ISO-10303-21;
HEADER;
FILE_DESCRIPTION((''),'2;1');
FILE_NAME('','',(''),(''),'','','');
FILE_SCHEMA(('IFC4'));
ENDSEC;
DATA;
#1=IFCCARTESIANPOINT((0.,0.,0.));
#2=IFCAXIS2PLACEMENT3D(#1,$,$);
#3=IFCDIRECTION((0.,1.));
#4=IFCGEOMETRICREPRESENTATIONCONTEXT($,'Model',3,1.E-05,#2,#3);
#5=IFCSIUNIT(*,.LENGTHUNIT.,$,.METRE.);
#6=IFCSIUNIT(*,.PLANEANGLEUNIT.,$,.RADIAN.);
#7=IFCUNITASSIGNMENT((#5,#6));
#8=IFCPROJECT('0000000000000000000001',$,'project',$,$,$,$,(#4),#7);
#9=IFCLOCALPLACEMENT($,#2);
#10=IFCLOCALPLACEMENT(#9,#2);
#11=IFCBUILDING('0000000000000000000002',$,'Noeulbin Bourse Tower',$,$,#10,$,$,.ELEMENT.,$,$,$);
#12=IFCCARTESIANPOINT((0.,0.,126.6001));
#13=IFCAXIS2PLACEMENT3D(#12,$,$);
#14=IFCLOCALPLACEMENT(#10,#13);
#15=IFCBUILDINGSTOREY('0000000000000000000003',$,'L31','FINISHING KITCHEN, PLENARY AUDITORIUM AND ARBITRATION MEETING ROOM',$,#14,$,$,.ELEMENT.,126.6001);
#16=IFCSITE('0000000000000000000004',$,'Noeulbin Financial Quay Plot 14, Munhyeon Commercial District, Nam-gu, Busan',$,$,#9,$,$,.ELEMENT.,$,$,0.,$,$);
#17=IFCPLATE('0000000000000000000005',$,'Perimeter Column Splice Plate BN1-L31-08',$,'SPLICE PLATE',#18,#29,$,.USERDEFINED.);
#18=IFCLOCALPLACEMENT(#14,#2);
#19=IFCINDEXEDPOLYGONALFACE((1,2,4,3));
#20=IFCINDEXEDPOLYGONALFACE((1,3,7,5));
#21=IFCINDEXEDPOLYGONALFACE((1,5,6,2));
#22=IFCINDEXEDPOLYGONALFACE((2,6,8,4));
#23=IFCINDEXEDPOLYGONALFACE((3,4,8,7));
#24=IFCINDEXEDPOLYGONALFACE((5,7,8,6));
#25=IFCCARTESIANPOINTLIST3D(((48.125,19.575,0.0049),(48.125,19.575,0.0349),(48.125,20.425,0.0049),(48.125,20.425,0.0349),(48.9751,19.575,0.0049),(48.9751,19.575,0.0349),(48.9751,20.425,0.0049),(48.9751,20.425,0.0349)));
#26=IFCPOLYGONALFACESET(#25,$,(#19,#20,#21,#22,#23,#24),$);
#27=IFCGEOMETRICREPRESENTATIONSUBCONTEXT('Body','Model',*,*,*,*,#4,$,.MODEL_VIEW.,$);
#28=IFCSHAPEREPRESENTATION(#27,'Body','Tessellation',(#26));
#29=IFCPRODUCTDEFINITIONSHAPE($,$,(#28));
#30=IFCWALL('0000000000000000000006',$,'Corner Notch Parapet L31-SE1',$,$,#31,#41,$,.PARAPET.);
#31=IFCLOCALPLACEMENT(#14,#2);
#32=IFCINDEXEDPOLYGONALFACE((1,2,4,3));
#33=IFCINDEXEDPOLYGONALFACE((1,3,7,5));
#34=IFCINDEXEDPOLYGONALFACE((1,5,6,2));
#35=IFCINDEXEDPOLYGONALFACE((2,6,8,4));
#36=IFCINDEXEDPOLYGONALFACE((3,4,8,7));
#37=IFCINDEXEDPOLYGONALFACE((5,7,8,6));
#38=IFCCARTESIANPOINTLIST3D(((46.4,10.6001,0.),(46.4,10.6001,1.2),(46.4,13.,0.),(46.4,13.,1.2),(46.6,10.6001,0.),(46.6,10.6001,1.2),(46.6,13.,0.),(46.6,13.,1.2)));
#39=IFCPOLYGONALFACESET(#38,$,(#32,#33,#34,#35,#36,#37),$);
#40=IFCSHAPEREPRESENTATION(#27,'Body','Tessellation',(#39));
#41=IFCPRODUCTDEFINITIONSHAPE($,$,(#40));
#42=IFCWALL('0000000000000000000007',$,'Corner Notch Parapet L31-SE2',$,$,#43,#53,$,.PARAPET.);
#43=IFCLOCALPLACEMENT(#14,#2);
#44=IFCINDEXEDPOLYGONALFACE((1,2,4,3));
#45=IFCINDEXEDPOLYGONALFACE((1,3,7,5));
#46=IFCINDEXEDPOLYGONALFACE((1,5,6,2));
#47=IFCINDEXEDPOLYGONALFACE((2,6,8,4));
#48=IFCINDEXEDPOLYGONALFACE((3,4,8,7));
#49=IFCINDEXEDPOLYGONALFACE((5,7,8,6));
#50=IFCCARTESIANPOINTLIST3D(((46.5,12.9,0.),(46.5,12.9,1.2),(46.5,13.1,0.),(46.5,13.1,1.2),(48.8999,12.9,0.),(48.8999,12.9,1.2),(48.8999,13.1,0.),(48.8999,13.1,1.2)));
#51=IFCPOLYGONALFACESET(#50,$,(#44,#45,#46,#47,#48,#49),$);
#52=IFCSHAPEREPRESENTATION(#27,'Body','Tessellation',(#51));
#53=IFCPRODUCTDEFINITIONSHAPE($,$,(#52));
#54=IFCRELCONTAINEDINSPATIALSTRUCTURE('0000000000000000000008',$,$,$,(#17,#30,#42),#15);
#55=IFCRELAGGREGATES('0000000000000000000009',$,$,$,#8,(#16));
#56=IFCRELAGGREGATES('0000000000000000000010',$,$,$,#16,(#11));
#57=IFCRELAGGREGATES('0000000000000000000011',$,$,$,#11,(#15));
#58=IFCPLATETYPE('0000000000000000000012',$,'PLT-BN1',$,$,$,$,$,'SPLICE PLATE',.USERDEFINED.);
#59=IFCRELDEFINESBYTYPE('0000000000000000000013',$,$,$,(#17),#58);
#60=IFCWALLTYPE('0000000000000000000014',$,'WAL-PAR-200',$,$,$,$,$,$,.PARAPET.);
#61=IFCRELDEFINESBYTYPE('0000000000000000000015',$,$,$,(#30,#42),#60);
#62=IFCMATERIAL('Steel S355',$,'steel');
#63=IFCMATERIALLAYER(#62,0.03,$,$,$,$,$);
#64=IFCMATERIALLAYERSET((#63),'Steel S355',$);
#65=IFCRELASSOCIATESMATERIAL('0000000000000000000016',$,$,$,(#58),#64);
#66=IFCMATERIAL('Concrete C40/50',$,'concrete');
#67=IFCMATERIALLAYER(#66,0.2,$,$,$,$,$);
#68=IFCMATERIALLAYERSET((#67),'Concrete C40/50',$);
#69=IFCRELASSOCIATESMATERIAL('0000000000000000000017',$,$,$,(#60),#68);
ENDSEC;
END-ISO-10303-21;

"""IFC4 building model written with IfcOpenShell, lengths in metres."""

from ifc_helpers import new_model, si_unit, direction, frame, frame_2d, origin, origin_2d, place, context, subcontext, project, spatial, rectangle, extrude, material, layer, layer_set, type_object, element, save


model = new_model("IFC4")

# Units and contexts
model_context = context("Model", 3, precision=1e-05, world=origin(), true_north=direction((0.0, 1.0)))
body_context = subcontext(model_context, "Body", "Model", "MODEL_VIEW")
ifc_project = project(units=[si_unit("LENGTHUNIT", "METRE"), si_unit("PLANEANGLEUNIT", "RADIAN")], contexts=[model_context])

# Site, building, storey
site_placement = place(None, origin())
site = spatial("IfcSite", under=ifc_project, at=site_placement, Name="Noeulbin Financial Quay Plot 14, Munhyeon Commercial District, Nam-gu, Busan", CompositionType="ELEMENT", RefElevation=0.0)
building_placement = place(site_placement, origin())
building = spatial("IfcBuilding", under=site, at=building_placement, Name="Noeulbin Bourse Tower", CompositionType="ELEMENT")
storey_placement = place(building_placement, frame((0.0, 0.0, 126.6001)))
storey = spatial("IfcBuildingStorey", under=building, at=storey_placement, Name="L31", Description="FINISHING KITCHEN, PLENARY AUDITORIUM AND ARBITRATION MEETING ROOM", CompositionType="ELEMENT", Elevation=126.6001)

# Shared definitions
ifc_material_1 = material(Name="Steel S355", Category="steel")

# Plate
ifc_layer_1 = layer(ifc_material_1, 0.03)
ifc_layer_set_1 = layer_set([ifc_layer_1], Name="Steel S355")
plate_type_1 = type_object("IfcPlateType", Name="PLT-BN1", ElementType="SPLICE PLATE", PredefinedType="USERDEFINED", material=ifc_layer_set_1)
for number, where, z_axis, x_axis, name in (
    (1, (48.55, 20.0, 0.0049), (0.0, 0.0, 1.0), (1.0, 0.0, 0.0), "Perimeter Column Splice Plate BN1-L31-08"),
):
    element("IfcPlate", number, at=place(storey_placement, frame(where, z_axis=z_axis, x_axis=x_axis)), inside=storey, type_object=plate_type_1, Name=name, ObjectType="SPLICE PLATE", PredefinedType="USERDEFINED", context=body_context, shape_type="SweptSolid", body=[
        extrude(rectangle(XDim=0.8501, YDim=0.8501, at=origin_2d()), origin(), (0.0, 0.0, 1.0), 0.03),
    ])

# Walls
ifc_material_2 = material(Name="Concrete C40/50", Category="concrete")
ifc_layer_2 = layer(ifc_material_2, 0.2)
ifc_layer_set_2 = layer_set([ifc_layer_2], Name="Concrete C40/50")
wall_type = type_object("IfcWallType", Name="WAL-PAR-200", PredefinedType="PARAPET", material=ifc_layer_set_2)
for number, where, z_axis, x_axis, name in (
    (2, (46.5, 10.6001, 0.0), (0.0, 0.0, 1.0), (0.0, 1.0, 0.0), "Corner Notch Parapet L31-SE1"),
    (3, (46.5, 13.0, 0.0), (0.0, 0.0, 1.0), (1.0, 0.0, 0.0), "Corner Notch Parapet L31-SE2"),
):
    element("IfcWall", number, at=place(storey_placement, frame(where, z_axis=z_axis, x_axis=x_axis)), inside=storey, type_object=wall_type, Name=name, PredefinedType="PARAPET", context=body_context, shape_type="SweptSolid", body=[
        extrude(rectangle(XDim=2.3999, YDim=0.2, at=frame_2d((1.2, 0.0))), origin(), (0.0, 0.0, 1.0), 1.2),
    ])

save(model, "model.ifc")
